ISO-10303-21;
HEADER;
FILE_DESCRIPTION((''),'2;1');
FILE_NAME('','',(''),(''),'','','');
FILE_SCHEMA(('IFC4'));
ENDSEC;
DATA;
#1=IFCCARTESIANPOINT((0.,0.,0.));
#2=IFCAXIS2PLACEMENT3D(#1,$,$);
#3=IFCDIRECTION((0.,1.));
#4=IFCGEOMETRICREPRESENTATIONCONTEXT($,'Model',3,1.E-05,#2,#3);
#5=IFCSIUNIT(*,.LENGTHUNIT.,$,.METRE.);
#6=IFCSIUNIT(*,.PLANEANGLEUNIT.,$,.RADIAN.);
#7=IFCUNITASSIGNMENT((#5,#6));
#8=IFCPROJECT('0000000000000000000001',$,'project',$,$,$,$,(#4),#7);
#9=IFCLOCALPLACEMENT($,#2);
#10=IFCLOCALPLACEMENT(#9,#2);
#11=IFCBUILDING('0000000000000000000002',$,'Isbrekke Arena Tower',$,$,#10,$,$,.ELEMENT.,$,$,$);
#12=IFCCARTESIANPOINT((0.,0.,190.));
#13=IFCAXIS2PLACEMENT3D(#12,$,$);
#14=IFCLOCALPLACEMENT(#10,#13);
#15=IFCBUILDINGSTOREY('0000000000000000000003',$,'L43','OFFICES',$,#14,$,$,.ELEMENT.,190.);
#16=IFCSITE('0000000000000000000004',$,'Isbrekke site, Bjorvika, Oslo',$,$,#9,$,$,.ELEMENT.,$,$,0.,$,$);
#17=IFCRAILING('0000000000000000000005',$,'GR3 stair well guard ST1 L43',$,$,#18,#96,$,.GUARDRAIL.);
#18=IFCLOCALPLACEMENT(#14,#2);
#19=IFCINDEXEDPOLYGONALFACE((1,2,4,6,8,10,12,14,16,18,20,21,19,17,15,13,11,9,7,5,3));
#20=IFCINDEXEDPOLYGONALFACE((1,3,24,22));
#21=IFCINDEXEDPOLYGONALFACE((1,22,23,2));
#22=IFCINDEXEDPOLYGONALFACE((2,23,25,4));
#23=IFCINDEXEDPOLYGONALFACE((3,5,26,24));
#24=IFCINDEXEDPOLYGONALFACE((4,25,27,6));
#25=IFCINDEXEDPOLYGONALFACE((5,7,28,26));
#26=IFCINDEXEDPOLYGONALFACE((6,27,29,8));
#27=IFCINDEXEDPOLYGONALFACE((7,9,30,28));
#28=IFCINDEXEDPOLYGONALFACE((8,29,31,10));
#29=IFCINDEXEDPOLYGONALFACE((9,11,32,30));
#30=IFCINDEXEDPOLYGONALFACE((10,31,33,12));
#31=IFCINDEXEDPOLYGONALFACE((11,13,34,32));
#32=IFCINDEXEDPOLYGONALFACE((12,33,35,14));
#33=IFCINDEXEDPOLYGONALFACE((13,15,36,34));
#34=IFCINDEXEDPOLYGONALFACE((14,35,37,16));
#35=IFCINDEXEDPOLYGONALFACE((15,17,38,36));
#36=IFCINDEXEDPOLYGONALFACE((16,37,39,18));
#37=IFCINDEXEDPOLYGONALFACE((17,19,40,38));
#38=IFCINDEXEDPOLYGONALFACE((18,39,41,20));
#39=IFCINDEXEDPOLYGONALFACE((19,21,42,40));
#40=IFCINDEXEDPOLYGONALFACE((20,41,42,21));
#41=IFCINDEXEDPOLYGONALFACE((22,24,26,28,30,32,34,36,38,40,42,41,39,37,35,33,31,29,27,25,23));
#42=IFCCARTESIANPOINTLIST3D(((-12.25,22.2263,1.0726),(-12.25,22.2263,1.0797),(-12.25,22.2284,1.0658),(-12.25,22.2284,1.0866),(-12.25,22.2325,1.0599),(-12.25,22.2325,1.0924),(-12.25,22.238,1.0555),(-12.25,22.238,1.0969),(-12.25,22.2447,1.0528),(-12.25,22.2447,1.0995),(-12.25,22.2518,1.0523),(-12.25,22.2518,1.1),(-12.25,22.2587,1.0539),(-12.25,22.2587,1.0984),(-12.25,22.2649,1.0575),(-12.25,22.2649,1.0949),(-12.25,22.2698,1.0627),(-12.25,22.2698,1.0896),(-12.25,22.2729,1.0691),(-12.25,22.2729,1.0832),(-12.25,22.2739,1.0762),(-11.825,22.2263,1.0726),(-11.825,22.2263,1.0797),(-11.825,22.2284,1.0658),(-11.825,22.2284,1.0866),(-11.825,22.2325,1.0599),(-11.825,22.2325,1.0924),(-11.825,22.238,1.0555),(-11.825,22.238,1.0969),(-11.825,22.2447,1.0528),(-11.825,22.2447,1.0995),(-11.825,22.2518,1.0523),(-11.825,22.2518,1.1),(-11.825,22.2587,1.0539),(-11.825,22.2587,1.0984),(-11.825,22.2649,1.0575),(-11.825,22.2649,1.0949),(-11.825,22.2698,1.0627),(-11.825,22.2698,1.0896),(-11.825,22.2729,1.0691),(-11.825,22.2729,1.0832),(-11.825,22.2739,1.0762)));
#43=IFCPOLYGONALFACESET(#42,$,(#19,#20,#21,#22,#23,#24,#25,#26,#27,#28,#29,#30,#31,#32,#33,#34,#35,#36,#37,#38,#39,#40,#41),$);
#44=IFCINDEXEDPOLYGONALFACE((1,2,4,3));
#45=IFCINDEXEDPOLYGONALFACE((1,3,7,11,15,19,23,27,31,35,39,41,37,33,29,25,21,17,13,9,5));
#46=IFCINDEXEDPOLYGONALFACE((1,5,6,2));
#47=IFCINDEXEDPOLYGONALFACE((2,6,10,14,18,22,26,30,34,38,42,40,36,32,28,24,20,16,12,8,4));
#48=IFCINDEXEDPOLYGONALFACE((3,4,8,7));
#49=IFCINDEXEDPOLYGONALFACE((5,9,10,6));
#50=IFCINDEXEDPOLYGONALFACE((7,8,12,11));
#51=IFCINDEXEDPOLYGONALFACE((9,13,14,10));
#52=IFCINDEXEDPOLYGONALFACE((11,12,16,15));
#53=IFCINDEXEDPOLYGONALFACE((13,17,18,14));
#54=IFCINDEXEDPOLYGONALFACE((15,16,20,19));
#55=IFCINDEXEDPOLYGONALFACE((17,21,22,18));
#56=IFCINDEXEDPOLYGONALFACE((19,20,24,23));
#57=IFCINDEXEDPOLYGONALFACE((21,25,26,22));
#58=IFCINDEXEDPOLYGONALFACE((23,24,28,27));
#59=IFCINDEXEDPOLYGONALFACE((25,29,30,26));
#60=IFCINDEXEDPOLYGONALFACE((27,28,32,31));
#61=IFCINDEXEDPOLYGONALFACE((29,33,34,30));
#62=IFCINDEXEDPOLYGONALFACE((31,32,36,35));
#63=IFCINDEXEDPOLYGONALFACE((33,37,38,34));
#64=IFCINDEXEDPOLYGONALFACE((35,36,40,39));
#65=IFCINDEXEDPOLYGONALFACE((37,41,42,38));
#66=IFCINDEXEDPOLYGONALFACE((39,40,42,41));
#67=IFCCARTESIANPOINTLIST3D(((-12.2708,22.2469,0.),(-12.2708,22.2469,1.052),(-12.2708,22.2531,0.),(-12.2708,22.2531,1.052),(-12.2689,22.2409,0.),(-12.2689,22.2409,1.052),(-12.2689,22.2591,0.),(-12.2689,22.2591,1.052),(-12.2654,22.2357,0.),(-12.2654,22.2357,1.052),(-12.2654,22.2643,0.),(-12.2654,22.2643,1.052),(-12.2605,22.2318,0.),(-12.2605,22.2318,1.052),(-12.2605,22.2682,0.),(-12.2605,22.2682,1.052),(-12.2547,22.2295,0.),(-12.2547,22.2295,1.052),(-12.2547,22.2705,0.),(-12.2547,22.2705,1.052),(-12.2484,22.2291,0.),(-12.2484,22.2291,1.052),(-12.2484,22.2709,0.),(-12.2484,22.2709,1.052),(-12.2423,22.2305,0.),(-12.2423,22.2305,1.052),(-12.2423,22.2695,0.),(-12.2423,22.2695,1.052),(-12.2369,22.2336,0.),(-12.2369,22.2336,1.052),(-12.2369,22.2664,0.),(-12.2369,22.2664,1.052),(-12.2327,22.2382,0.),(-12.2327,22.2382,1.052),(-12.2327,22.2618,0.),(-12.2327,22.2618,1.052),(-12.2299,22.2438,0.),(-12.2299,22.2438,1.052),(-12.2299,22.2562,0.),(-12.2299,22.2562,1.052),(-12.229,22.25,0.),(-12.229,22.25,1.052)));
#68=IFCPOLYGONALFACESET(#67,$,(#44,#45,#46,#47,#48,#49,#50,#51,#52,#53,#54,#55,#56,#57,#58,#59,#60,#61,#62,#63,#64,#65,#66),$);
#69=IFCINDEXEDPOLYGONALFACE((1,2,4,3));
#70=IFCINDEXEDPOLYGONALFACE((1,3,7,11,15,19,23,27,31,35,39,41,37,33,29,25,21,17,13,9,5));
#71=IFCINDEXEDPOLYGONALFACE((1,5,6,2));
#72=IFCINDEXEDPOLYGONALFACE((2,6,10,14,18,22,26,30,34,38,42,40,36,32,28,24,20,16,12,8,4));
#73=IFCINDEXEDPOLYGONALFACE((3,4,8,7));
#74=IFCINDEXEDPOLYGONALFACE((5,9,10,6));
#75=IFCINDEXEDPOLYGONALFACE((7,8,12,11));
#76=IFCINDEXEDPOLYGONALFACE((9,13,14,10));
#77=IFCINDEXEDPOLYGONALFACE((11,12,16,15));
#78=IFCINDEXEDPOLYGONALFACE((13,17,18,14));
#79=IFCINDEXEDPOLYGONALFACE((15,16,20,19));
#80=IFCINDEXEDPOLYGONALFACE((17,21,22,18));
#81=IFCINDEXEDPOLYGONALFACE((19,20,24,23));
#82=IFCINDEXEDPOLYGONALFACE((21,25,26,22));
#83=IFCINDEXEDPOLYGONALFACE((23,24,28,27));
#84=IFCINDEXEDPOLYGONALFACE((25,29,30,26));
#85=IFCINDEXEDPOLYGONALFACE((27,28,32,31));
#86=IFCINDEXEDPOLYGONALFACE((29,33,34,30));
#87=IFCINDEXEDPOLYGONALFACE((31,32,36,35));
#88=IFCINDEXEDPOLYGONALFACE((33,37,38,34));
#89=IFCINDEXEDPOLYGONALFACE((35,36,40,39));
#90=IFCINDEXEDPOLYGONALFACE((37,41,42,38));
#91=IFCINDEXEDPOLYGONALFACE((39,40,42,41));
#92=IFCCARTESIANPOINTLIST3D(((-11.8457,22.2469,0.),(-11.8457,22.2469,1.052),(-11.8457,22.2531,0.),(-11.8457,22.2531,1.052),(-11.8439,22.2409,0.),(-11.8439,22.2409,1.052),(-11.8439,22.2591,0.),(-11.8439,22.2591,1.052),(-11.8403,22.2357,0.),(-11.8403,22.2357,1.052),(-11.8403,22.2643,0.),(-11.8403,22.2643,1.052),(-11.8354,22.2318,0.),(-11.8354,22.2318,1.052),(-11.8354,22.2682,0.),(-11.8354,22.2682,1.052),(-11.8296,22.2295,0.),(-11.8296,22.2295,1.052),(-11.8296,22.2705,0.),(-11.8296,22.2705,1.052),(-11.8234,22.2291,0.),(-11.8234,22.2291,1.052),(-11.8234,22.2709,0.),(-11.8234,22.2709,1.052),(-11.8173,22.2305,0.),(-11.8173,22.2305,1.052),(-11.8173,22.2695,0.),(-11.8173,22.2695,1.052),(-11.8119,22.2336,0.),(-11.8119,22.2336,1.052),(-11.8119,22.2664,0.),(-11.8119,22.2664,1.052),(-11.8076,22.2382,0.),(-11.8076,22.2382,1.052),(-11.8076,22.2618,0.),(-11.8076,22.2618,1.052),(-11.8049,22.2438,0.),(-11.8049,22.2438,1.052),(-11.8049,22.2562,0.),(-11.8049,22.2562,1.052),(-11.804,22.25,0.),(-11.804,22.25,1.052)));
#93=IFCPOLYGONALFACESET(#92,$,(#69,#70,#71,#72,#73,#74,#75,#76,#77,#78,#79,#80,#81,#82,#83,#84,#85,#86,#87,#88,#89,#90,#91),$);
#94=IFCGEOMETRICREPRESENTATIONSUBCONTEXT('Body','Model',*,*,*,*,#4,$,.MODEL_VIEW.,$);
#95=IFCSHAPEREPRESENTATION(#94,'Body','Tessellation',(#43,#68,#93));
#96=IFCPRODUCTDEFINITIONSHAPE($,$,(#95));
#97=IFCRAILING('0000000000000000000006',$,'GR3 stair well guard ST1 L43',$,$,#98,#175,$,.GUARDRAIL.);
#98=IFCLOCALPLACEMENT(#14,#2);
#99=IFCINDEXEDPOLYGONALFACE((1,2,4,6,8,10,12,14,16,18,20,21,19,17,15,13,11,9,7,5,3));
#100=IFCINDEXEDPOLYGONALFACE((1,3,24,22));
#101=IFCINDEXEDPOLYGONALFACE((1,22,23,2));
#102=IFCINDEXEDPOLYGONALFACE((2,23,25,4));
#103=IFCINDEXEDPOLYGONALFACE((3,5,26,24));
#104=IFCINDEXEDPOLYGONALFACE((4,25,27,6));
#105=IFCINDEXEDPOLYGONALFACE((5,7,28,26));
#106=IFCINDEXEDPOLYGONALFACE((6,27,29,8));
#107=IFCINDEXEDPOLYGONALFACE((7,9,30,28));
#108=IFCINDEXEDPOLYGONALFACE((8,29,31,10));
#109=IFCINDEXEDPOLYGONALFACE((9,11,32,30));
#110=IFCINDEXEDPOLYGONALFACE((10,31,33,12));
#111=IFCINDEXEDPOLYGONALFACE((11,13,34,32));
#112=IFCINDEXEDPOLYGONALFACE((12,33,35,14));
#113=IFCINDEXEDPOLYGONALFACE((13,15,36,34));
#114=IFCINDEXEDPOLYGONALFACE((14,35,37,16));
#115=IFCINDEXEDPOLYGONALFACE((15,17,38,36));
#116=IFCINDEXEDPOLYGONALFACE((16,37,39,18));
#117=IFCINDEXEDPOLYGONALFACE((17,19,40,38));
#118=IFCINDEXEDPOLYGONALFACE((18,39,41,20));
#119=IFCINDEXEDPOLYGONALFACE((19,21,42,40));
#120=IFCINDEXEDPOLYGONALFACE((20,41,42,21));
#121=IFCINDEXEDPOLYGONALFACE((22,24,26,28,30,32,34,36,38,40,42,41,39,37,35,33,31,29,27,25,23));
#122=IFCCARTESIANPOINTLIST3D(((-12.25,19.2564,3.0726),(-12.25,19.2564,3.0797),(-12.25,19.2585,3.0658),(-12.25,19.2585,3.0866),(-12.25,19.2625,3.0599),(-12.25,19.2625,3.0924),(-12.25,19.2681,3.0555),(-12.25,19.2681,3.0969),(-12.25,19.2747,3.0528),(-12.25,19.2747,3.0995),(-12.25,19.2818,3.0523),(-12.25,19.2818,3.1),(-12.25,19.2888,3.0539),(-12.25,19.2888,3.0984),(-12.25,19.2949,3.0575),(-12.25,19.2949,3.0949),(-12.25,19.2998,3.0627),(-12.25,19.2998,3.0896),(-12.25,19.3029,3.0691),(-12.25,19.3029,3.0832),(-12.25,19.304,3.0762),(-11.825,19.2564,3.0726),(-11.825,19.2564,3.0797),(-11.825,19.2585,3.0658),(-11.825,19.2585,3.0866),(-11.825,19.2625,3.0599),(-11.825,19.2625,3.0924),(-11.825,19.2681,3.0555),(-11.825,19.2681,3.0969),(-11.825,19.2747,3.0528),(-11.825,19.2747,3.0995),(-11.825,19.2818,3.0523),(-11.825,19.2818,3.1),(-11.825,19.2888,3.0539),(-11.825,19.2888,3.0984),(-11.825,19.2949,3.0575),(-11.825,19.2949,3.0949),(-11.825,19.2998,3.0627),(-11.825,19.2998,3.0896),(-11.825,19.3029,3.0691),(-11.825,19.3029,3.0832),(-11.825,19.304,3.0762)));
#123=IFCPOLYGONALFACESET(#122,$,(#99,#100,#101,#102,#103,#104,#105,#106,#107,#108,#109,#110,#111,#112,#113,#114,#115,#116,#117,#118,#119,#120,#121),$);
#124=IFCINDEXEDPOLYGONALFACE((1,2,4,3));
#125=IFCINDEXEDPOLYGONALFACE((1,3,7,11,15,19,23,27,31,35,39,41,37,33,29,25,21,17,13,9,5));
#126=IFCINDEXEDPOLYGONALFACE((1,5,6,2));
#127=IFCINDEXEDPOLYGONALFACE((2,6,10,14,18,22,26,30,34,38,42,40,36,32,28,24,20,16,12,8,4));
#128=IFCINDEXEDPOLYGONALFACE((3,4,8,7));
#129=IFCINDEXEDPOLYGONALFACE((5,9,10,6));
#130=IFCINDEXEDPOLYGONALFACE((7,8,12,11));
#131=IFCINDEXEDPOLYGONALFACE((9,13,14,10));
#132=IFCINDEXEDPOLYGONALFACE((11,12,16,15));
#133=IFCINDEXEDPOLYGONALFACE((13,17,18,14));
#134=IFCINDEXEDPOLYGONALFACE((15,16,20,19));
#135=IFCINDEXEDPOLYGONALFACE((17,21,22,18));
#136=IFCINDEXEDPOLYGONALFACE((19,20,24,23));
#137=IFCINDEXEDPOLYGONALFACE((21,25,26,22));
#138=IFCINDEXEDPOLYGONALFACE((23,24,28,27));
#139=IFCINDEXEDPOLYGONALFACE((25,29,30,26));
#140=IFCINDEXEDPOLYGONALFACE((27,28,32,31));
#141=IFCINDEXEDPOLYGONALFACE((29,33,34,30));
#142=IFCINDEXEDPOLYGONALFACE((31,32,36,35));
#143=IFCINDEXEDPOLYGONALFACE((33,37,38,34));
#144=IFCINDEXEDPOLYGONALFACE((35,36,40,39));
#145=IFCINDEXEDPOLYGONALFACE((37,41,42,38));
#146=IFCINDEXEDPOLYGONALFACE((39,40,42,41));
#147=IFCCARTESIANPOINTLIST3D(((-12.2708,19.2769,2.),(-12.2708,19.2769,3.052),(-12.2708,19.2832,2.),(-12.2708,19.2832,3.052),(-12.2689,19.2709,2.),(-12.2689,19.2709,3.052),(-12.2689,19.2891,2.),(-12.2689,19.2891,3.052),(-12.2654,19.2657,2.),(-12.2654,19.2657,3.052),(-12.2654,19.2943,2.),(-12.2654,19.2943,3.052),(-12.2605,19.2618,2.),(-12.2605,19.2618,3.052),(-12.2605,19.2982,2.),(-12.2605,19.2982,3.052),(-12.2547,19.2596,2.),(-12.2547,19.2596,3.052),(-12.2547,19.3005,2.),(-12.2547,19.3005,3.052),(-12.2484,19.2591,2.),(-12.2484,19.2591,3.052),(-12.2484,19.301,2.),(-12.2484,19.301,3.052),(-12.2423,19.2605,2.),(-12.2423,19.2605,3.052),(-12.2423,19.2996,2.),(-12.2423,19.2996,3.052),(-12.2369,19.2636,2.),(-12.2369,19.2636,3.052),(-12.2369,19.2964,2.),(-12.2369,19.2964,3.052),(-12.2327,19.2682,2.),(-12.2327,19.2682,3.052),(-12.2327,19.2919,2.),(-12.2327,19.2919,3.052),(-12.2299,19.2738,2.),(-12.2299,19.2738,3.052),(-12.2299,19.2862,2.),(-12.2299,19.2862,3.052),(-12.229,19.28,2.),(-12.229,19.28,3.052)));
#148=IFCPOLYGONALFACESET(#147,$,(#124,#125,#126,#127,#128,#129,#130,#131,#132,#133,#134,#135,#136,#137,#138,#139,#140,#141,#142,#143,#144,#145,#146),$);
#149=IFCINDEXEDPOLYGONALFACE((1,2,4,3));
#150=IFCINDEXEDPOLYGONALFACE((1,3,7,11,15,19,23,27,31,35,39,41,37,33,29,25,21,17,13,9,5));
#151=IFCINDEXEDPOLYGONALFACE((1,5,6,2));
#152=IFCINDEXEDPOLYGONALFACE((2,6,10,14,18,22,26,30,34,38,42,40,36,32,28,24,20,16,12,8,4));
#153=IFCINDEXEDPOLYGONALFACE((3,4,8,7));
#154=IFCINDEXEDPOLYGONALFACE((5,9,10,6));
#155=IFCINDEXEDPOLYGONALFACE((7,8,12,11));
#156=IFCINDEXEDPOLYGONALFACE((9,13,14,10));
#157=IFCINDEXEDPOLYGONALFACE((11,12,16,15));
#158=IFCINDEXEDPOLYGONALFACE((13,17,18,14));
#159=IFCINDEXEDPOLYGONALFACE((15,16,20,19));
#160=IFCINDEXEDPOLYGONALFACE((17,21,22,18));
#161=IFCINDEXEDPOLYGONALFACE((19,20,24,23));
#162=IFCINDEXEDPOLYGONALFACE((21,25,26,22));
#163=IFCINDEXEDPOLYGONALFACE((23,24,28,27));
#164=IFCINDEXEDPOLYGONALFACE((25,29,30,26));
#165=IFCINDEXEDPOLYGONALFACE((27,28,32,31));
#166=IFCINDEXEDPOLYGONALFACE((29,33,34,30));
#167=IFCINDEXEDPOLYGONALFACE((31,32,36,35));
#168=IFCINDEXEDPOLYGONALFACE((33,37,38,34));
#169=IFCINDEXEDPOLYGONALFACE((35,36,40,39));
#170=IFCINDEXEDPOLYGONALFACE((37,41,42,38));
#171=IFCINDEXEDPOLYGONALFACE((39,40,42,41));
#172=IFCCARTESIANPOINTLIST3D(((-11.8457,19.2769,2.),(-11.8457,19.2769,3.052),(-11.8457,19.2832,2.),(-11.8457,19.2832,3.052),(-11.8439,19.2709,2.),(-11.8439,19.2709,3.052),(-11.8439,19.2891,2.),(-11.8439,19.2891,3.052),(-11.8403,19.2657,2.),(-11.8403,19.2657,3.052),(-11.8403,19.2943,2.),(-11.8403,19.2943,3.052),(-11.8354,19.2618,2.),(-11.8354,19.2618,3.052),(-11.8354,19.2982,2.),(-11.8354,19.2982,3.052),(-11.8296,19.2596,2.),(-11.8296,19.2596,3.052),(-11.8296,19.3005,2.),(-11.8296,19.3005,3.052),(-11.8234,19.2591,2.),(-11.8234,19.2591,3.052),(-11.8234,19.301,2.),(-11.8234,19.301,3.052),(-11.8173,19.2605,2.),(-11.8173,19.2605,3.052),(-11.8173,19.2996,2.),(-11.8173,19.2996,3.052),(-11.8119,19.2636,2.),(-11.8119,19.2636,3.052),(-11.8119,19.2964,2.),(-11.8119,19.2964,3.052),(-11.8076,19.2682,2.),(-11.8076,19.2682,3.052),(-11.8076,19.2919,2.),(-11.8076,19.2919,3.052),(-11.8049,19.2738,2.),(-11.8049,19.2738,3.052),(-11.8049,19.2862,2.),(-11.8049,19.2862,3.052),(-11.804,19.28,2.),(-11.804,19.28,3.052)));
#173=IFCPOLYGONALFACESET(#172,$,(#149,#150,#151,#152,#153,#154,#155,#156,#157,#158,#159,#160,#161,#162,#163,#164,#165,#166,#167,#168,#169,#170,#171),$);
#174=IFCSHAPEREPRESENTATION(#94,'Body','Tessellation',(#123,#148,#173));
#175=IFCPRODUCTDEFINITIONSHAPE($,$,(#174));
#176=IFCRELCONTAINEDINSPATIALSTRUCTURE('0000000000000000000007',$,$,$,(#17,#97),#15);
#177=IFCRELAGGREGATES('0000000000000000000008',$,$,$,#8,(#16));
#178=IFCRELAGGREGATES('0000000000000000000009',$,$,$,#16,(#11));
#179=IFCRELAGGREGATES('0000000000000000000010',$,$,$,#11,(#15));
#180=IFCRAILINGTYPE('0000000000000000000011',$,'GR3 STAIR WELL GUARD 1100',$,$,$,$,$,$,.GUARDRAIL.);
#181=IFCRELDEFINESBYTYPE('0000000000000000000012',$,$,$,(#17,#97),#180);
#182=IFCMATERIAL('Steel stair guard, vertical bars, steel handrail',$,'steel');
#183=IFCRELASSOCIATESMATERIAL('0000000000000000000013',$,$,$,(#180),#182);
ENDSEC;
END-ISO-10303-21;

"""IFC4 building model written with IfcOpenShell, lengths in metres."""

from ifc_helpers import new_model, si_unit, direction, frame, origin, origin_2d, place, context, subcontext, project, spatial, circle, extrude, material, type_object, element, save


model = new_model("IFC4")

# Units and contexts
model_context = context("Model", 3, precision=1e-05, world=origin(), true_north=direction((0.0, 1.0)))
body_context = subcontext(model_context, "Body", "Model", "MODEL_VIEW")
ifc_project = project(units=[si_unit("LENGTHUNIT", "METRE"), si_unit("PLANEANGLEUNIT", "RADIAN")], contexts=[model_context])

# Site, building, storey
site_placement = place(None, origin())
site = spatial("IfcSite", under=ifc_project, at=site_placement, Name="Isbrekke site, Bjorvika, Oslo", CompositionType="ELEMENT", RefElevation=0.0)
building_placement = place(site_placement, origin())
building = spatial("IfcBuilding", under=site, at=building_placement, Name="Isbrekke Arena Tower", CompositionType="ELEMENT")
storey_placement = place(building_placement, frame((0.0, 0.0, 190.0)))
storey = spatial("IfcBuildingStorey", under=building, at=storey_placement, Name="L43", Description="OFFICES", CompositionType="ELEMENT", Elevation=190.0)

# Railings
ifc_material_1 = material(Name="Steel stair guard, vertical bars, steel handrail", Category="steel")
railing_type = type_object("IfcRailingType", Name="GR3 STAIR WELL GUARD 1100", PredefinedType="GUARDRAIL", material=ifc_material_1)
for number, where, name in (
    (1, (-12.25, 22.25, 0.0), "GR3 stair well guard ST1 L43"),
    (2, (-12.25, 19.28, 2.0), "GR3 stair well guard ST1 L43"),
):
    element("IfcRailing", number, at=place(storey_placement, frame(where)), inside=storey, type_object=railing_type, Name=name, PredefinedType="GUARDRAIL", context=body_context, shape_type="SweptSolid", body=[
        extrude(circle(Radius=0.0239, at=origin_2d()), frame((0.0, 0.0, 1.0762), z_axis=(1.0, 0.0, 0.0), x_axis=(0.0, 1.0, 0.0)), (0.0, 0.0, 1.0), 0.425),
        extrude(circle(Radius=0.021, at=origin_2d()), origin(), (0.0, 0.0, 1.0), 1.052),
        extrude(circle(Radius=0.021, at=origin_2d()), frame((0.425, 0.0, 0.0)), (0.0, 0.0, 1.0), 1.052),
    ])

save(model, "model.ifc")
